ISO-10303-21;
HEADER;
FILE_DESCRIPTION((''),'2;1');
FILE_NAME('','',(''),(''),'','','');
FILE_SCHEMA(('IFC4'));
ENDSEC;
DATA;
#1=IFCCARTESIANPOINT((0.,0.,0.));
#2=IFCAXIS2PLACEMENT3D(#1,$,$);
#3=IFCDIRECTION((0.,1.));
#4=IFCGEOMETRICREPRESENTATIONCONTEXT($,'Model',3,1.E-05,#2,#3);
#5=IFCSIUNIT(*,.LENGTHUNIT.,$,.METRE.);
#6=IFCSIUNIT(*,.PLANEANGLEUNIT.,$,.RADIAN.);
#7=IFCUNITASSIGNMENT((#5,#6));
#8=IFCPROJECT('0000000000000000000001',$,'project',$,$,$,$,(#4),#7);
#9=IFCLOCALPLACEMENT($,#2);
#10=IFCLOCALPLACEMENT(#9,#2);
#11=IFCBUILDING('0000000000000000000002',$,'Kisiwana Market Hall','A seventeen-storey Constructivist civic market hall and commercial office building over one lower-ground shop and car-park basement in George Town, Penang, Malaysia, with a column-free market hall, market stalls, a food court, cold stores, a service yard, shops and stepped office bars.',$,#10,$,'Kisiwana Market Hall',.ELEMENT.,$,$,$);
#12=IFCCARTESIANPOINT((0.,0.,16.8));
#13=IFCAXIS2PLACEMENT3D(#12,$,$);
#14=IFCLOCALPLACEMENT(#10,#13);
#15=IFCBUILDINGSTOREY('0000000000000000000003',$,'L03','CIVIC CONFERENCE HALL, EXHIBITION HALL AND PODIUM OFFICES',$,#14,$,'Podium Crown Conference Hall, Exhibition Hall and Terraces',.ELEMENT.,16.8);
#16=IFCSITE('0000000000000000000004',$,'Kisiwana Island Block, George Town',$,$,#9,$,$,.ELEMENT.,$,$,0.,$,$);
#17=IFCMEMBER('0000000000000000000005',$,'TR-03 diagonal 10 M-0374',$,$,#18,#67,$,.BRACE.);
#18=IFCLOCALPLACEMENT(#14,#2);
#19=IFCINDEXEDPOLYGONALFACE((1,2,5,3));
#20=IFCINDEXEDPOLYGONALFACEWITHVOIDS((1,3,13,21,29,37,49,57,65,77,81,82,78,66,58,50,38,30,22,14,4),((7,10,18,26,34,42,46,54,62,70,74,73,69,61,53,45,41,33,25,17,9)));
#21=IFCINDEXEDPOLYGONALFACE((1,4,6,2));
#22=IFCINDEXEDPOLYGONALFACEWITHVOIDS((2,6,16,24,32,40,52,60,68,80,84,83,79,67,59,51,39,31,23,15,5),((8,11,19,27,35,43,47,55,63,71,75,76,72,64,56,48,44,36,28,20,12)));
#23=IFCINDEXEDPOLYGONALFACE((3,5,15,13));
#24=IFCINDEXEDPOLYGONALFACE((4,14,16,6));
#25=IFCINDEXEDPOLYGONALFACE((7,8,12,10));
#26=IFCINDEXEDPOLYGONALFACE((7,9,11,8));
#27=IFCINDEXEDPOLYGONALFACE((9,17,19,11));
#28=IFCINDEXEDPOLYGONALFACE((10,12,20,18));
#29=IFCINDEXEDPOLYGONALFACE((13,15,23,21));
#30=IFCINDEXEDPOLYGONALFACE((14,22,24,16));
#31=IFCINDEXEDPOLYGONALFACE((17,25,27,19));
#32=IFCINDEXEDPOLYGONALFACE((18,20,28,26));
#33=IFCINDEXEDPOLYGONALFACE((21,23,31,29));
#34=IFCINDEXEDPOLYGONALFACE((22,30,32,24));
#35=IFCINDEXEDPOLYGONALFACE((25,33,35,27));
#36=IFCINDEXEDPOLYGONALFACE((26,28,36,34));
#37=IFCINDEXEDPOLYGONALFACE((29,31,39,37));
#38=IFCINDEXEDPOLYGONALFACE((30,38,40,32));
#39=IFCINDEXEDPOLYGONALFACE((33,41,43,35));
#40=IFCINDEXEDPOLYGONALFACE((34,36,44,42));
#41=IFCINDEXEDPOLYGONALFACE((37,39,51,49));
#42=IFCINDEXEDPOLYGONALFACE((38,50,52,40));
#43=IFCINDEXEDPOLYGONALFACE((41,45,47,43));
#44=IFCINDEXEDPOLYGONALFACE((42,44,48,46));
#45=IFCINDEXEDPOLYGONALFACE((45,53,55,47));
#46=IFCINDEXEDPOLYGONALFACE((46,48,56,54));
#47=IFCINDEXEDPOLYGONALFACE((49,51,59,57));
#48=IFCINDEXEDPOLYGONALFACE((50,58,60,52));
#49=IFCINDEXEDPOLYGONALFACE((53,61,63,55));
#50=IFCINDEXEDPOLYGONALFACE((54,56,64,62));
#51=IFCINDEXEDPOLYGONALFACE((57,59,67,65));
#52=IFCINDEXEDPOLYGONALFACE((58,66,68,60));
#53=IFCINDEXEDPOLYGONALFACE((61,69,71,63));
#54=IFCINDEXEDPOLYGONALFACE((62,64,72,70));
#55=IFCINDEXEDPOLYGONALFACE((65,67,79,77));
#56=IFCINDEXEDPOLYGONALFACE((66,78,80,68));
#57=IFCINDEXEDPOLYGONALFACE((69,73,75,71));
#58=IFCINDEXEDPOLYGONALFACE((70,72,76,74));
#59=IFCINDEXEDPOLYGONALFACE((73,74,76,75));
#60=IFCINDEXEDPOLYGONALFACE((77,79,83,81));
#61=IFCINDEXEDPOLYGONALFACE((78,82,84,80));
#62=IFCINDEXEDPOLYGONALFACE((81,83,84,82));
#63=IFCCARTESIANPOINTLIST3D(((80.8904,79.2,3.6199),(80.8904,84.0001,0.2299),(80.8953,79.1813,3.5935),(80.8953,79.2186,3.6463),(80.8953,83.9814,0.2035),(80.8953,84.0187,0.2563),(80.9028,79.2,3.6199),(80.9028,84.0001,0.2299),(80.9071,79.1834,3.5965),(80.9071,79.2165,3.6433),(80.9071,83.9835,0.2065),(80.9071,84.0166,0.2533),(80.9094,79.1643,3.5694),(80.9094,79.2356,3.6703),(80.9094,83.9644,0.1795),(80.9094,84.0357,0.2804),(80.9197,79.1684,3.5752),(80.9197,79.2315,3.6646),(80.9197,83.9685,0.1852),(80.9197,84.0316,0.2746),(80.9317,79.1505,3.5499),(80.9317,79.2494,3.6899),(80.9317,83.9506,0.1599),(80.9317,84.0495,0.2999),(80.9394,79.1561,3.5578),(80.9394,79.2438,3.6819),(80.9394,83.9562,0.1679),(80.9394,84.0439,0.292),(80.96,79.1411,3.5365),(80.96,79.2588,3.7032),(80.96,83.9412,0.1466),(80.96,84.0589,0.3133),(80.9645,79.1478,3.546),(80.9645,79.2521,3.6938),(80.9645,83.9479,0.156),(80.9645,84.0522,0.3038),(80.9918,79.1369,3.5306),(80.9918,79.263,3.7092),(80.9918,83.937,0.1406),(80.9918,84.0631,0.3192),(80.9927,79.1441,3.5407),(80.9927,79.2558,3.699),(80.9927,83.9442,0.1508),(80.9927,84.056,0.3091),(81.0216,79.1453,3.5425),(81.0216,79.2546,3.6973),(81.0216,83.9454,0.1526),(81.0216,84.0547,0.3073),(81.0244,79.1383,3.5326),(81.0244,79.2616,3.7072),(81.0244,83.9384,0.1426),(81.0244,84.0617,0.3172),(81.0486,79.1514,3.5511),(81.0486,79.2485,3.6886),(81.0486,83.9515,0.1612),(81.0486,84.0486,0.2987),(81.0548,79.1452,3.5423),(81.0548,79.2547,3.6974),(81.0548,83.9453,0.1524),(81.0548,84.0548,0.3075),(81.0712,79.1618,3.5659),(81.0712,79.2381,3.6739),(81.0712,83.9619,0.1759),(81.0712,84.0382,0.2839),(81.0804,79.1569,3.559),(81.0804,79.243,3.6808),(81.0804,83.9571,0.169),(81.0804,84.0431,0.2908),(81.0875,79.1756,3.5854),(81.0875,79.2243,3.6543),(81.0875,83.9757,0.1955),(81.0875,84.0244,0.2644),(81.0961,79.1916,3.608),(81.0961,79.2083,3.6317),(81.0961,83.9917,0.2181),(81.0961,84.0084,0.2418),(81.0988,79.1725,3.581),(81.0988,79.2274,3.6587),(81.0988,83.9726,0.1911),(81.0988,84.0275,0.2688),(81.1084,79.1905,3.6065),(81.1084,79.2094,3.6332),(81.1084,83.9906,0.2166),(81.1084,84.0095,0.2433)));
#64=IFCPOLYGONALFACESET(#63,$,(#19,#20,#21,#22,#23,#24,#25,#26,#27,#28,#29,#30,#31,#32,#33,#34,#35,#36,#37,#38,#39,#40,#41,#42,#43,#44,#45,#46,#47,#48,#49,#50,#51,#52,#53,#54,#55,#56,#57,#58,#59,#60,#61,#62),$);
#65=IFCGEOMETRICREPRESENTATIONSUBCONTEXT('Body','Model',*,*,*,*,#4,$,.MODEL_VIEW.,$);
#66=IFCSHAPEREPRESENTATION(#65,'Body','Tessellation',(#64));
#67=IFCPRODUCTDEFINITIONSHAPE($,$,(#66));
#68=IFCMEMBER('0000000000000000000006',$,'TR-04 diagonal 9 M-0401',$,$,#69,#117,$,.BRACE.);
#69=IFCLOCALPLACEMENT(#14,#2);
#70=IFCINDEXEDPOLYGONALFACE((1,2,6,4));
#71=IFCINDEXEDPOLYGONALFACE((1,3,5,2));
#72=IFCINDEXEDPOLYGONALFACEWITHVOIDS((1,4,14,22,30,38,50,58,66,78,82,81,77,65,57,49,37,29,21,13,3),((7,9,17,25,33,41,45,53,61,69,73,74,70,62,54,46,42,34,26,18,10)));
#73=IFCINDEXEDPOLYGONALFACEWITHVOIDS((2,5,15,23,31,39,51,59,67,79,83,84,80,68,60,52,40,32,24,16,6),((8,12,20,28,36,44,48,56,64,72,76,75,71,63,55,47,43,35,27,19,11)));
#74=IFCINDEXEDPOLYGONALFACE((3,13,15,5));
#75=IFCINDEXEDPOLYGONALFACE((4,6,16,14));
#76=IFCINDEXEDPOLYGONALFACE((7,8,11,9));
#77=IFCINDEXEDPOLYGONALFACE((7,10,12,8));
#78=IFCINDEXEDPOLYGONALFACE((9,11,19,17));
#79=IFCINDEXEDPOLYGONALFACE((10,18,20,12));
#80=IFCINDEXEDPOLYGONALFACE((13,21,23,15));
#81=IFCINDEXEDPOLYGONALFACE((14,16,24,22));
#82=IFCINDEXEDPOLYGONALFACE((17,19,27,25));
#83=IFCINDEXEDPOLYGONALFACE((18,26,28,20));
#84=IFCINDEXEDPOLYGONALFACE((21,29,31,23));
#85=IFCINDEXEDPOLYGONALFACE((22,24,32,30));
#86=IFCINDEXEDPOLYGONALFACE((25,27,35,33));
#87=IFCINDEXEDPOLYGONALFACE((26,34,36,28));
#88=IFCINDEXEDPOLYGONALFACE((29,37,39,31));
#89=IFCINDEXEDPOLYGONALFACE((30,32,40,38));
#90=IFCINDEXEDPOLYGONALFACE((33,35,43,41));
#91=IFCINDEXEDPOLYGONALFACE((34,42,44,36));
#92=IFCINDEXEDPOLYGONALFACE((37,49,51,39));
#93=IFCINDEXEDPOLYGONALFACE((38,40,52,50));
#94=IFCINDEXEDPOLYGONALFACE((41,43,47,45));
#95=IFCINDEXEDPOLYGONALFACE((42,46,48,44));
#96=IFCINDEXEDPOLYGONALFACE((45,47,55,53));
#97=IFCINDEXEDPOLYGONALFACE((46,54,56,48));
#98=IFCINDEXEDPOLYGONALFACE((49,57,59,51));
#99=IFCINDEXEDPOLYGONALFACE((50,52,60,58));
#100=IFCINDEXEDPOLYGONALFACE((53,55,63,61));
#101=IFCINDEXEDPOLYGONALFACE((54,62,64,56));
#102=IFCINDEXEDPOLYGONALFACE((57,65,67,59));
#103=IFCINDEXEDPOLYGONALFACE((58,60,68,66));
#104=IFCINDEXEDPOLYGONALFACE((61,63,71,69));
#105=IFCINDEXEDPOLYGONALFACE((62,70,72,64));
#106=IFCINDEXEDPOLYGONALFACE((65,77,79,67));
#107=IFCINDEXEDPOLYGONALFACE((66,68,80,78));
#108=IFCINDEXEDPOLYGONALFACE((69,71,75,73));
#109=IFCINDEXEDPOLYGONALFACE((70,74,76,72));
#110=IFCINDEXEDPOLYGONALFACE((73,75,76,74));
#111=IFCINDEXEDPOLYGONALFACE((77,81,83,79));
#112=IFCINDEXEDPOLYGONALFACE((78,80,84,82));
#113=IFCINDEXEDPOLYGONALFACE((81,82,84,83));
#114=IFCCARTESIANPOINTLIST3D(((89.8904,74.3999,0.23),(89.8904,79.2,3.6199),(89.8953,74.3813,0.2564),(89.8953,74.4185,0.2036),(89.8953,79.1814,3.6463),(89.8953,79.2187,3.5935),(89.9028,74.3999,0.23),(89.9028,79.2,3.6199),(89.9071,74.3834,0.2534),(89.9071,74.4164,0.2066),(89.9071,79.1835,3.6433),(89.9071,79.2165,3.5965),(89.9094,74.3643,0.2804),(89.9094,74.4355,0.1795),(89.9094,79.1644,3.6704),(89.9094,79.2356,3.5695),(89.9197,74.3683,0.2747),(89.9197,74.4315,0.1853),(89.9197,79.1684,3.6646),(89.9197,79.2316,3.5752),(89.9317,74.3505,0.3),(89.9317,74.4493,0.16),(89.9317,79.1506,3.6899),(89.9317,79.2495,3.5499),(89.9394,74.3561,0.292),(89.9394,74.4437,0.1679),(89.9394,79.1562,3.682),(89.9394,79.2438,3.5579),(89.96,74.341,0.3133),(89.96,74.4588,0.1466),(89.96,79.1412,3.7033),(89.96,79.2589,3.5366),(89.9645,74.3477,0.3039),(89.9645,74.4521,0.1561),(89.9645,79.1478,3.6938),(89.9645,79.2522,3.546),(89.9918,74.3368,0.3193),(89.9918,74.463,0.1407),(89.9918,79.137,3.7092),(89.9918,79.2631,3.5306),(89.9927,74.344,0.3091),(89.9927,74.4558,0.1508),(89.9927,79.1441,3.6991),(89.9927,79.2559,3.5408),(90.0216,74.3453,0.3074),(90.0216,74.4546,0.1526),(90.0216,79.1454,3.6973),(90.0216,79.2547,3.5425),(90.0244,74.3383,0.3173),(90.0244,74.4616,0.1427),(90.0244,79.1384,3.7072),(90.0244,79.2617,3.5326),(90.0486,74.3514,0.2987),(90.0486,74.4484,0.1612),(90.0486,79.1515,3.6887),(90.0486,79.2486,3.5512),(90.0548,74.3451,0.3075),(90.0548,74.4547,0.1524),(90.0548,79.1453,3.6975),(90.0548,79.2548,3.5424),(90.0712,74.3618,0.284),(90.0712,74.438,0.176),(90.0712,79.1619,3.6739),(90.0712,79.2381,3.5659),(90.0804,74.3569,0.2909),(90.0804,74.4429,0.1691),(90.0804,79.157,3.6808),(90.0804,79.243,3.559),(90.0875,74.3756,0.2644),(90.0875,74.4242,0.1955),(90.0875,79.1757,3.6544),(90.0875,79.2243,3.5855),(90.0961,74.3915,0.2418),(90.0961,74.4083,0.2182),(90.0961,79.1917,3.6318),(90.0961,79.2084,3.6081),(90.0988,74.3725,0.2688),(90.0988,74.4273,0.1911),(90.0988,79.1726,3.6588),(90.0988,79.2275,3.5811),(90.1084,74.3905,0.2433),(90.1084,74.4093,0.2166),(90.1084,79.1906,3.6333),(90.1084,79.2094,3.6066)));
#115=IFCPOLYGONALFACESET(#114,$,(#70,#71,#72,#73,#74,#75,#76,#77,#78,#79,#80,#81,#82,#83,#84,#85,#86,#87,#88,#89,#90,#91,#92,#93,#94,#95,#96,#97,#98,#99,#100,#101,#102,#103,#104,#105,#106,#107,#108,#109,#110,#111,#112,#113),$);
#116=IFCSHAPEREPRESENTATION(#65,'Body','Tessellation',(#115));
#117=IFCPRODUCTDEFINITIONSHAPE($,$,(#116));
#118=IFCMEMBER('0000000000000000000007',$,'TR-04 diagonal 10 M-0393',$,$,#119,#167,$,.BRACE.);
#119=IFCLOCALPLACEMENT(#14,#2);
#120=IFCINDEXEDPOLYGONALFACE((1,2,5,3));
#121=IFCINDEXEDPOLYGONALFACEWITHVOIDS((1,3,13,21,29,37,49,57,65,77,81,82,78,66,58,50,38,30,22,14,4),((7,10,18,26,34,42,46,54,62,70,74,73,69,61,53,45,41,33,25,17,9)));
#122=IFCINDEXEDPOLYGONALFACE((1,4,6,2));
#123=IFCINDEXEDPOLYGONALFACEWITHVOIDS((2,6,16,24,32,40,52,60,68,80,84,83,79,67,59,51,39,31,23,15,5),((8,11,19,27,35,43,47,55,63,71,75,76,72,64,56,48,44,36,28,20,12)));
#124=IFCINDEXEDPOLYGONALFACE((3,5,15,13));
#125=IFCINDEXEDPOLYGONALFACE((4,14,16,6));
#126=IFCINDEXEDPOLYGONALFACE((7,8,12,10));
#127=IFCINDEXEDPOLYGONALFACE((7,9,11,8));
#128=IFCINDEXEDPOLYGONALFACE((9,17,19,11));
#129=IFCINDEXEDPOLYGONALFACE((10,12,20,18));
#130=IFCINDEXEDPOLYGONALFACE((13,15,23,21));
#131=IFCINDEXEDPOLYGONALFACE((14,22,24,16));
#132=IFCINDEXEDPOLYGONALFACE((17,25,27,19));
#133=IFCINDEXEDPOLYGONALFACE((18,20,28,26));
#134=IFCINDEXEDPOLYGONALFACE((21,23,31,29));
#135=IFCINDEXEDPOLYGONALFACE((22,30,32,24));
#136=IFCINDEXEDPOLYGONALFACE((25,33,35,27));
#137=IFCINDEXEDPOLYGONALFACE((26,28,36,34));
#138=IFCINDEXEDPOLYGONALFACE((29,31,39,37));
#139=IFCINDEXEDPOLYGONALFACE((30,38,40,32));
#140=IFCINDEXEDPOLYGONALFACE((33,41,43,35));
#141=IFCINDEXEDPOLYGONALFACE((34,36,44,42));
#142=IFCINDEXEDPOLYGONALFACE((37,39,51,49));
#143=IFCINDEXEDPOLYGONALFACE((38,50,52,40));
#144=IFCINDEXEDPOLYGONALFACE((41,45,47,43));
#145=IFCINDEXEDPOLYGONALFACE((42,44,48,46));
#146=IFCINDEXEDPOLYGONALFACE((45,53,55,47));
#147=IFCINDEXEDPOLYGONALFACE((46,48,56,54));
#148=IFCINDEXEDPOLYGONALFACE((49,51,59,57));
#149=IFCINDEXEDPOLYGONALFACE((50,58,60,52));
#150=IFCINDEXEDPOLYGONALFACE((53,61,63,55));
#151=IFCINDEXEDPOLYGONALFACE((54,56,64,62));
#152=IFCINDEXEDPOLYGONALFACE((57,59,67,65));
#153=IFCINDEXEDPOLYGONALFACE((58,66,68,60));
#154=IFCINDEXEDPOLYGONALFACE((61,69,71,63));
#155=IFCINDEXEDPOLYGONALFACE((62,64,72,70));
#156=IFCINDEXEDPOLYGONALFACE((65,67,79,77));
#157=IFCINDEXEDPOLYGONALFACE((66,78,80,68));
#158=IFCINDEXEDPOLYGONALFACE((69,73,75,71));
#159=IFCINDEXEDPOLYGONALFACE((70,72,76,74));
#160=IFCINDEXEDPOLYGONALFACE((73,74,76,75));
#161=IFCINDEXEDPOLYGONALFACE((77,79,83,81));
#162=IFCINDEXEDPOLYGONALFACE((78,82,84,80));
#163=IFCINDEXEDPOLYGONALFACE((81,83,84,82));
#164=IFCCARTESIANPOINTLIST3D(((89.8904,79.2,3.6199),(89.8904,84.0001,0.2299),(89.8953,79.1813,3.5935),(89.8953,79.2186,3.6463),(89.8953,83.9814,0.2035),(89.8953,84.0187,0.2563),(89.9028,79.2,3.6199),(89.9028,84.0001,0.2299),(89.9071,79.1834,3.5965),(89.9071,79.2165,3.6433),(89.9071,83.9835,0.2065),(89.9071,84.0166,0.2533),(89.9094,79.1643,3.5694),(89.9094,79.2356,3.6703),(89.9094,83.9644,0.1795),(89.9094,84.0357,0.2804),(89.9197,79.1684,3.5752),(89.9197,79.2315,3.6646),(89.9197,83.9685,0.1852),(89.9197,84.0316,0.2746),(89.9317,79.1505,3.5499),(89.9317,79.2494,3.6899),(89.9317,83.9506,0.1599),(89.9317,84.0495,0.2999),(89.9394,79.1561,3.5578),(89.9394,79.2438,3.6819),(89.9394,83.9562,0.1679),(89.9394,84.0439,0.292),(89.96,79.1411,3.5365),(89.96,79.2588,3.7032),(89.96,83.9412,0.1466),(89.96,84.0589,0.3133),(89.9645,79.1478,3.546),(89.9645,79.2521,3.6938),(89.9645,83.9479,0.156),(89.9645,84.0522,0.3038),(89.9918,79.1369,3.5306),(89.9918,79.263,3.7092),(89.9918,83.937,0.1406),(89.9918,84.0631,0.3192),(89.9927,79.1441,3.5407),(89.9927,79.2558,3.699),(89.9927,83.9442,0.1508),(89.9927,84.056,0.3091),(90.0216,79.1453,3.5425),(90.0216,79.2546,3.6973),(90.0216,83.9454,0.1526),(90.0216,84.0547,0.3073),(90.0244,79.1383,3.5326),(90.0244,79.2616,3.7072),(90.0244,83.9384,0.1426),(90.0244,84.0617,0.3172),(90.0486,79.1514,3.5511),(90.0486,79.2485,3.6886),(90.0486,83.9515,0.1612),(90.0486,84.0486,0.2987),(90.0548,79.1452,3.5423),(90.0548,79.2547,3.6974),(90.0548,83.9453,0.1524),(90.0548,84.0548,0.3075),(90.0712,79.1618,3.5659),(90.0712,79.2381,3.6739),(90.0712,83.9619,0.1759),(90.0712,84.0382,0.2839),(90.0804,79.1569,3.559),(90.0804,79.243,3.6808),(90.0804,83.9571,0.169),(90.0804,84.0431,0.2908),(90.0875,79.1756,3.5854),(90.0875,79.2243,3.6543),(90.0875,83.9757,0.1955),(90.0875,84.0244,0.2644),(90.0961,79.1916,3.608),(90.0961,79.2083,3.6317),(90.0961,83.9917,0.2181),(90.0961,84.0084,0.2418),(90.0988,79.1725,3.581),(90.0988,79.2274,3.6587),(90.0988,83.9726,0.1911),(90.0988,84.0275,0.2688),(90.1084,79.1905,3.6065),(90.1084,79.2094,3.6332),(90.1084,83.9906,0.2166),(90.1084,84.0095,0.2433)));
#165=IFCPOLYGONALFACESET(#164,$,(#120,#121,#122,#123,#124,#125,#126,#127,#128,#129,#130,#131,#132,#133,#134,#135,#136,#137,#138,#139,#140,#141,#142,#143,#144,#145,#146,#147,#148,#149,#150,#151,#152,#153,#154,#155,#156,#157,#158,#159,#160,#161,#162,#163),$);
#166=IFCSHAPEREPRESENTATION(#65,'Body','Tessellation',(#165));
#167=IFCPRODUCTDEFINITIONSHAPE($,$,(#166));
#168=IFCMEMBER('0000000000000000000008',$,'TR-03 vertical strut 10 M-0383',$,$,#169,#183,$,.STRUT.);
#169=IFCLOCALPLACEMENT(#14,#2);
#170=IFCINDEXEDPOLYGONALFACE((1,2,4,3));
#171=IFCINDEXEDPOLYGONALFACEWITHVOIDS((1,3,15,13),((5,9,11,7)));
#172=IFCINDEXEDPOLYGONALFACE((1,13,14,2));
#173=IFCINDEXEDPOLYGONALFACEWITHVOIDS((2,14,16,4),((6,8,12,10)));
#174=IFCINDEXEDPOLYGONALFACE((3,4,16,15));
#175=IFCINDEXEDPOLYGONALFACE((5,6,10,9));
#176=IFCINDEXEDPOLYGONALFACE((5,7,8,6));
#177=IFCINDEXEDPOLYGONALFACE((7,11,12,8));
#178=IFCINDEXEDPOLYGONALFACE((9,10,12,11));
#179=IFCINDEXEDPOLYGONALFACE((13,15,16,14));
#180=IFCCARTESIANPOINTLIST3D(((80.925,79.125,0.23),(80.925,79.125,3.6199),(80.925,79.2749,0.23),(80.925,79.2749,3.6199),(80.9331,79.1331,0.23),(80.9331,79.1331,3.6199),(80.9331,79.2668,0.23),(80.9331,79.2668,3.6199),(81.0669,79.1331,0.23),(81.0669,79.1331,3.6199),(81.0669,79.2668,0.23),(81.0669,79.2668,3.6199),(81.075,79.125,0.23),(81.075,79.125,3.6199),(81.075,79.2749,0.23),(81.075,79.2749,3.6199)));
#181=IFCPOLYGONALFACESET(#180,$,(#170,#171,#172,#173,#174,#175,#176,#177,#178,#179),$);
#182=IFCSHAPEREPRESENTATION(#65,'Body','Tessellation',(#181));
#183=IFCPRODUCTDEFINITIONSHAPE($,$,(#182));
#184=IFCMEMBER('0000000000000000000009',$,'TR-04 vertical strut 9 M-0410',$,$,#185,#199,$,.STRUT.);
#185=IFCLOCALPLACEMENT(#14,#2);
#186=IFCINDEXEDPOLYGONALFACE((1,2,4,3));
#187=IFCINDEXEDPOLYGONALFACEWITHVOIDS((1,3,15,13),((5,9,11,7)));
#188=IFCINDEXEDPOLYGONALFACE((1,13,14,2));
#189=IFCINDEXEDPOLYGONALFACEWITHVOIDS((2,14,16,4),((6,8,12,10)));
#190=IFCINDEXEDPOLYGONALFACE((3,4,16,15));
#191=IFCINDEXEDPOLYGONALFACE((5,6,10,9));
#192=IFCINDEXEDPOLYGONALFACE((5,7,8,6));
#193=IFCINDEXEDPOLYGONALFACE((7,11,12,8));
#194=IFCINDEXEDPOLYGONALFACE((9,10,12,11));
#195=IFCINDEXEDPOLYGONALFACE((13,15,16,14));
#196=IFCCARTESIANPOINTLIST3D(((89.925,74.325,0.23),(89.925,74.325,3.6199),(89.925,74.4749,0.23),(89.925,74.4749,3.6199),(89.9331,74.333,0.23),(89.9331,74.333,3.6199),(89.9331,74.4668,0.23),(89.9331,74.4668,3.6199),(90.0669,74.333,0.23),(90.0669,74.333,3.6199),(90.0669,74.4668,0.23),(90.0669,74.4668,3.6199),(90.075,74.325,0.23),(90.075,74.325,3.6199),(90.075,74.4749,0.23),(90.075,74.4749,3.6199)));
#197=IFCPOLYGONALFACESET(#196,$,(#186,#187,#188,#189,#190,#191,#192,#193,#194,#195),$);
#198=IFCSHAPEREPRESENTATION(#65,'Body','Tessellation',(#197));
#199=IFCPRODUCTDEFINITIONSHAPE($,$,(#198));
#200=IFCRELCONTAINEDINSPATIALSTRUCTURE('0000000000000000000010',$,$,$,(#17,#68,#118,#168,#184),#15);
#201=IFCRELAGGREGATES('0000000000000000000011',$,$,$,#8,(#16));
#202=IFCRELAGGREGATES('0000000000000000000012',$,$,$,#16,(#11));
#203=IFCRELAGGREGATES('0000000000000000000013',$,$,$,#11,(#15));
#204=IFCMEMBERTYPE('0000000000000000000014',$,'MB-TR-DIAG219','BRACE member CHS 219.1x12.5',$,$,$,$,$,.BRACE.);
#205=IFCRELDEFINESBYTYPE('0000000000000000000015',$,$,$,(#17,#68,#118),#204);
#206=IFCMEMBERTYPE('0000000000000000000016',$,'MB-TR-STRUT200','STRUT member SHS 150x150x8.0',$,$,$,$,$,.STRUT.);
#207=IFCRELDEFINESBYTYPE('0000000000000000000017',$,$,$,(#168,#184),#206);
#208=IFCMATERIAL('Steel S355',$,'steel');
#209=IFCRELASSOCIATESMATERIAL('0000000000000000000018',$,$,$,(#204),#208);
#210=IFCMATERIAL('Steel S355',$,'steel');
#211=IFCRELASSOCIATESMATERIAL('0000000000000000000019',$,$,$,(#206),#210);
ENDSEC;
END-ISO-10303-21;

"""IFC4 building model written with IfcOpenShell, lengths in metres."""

from ifc_helpers import new_model, si_unit, direction, frame, origin, origin_2d, place, context, subcontext, project, spatial, hollow_rectangle, hollow_circle, extrude, material, material_profile, profile_set, type_object, element, save


model = new_model("IFC4")

# Units and contexts
model_context = context("Model", 3, precision=1e-05, world=origin(), true_north=direction((0.0, 1.0)))
body_context = subcontext(model_context, "Body", "Model", "MODEL_VIEW")
ifc_project = project(units=[si_unit("LENGTHUNIT", "METRE"), si_unit("PLANEANGLEUNIT", "RADIAN")], contexts=[model_context])

# Site, building, storey
site_placement = place(None, origin())
site = spatial("IfcSite", under=ifc_project, at=site_placement, Name="Kisiwana Island Block, George Town", CompositionType="ELEMENT", RefElevation=0.0)
building_placement = place(site_placement, origin())
building = spatial("IfcBuilding", under=site, at=building_placement, Name="Kisiwana Market Hall", Description="A seventeen-storey Constructivist civic market hall and commercial office building over one lower-ground shop and car-park basement in George Town, Penang, Malaysia, with a column-free market hall, market stalls, a food court, cold stores, a service yard, shops and stepped office bars.", LongName="Kisiwana Market Hall", CompositionType="ELEMENT")
storey_placement = place(building_placement, frame((0.0, 0.0, 16.8)))
storey = spatial("IfcBuildingStorey", under=building, at=storey_placement, Name="L03", Description="CIVIC CONFERENCE HALL, EXHIBITION HALL AND PODIUM OFFICES", LongName="Podium Crown Conference Hall, Exhibition Hall and Terraces", CompositionType="ELEMENT", Elevation=16.8)

# Members
ifc_material_1 = material(Name="Steel S355", Category="steel")
ifc_material_profile_1 = material_profile(ifc_material_1, hollow_circle(Radius=0.1096, WallThickness=0.0125, at=origin_2d()), Name="CHS 219.1x12.5")
ifc_profile_set_1 = profile_set([ifc_material_profile_1], Name="Steel S355")
member_type_1 = type_object("IfcMemberType", Name="MB-TR-DIAG219", Description="BRACE member CHS 219.1x12.5", PredefinedType="BRACE", material=ifc_profile_set_1)
for number, where, z_axis, x_axis, name in (
    (1, (81.0, 79.2, 3.6199), (0.0, 0.816838, -0.576868), (-1.0, 0.0, 0.0), "TR-03 diagonal 10 M-0374"),
    (2, (90.0, 74.3999, 0.23), (0.0, 0.816838, 0.576868), (-1.0, 0.0, 0.0), "TR-04 diagonal 9 M-0401"),
    (3, (90.0, 79.2, 3.6199), (0.0, 0.816838, -0.576868), (-1.0, 0.0, 0.0), "TR-04 diagonal 10 M-0393"),
):
    element("IfcMember", number, at=place(storey_placement, frame(where, z_axis=z_axis, x_axis=x_axis)), inside=storey, type_object=member_type_1, Name=name, PredefinedType="BRACE", context=body_context, shape_type="SweptSolid", body=[
        extrude(hollow_circle(Radius=0.1096, WallThickness=0.0125, at=origin_2d()), origin(), (0.0, 0.0, 1.0), 5.8765),
    ])
ifc_material_2 = material(Name="Steel S355", Category="steel")
ifc_material_profile_2 = material_profile(ifc_material_2, hollow_rectangle(XDim=0.1499, YDim=0.1499, WallThickness=0.0081, at=origin_2d()), Name="SHS 150x150x8.0")
ifc_profile_set_2 = profile_set([ifc_material_profile_2], Name="Steel S355")
member_type_2 = type_object("IfcMemberType", Name="MB-TR-STRUT200", Description="STRUT member SHS 150x150x8.0", PredefinedType="STRUT", material=ifc_profile_set_2)
for number, where, z_axis, x_axis, name in (
    (4, (81.0, 79.2, 0.23), (0.0, 0.0, 1.0), (1.0, 0.0, 0.0), "TR-03 vertical strut 10 M-0383"),
    (5, (90.0, 74.3999, 0.23), (0.0, 0.0, 1.0), (1.0, 0.0, 0.0), "TR-04 vertical strut 9 M-0410"),
):
    element("IfcMember", number, at=place(storey_placement, frame(where, z_axis=z_axis, x_axis=x_axis)), inside=storey, type_object=member_type_2, Name=name, PredefinedType="STRUT", context=body_context, shape_type="SweptSolid", body=[
        extrude(hollow_rectangle(XDim=0.1499, YDim=0.1499, WallThickness=0.0081, at=origin_2d()), origin(), (0.0, 0.0, 1.0), 3.3899),
    ])

save(model, "model.ifc")
